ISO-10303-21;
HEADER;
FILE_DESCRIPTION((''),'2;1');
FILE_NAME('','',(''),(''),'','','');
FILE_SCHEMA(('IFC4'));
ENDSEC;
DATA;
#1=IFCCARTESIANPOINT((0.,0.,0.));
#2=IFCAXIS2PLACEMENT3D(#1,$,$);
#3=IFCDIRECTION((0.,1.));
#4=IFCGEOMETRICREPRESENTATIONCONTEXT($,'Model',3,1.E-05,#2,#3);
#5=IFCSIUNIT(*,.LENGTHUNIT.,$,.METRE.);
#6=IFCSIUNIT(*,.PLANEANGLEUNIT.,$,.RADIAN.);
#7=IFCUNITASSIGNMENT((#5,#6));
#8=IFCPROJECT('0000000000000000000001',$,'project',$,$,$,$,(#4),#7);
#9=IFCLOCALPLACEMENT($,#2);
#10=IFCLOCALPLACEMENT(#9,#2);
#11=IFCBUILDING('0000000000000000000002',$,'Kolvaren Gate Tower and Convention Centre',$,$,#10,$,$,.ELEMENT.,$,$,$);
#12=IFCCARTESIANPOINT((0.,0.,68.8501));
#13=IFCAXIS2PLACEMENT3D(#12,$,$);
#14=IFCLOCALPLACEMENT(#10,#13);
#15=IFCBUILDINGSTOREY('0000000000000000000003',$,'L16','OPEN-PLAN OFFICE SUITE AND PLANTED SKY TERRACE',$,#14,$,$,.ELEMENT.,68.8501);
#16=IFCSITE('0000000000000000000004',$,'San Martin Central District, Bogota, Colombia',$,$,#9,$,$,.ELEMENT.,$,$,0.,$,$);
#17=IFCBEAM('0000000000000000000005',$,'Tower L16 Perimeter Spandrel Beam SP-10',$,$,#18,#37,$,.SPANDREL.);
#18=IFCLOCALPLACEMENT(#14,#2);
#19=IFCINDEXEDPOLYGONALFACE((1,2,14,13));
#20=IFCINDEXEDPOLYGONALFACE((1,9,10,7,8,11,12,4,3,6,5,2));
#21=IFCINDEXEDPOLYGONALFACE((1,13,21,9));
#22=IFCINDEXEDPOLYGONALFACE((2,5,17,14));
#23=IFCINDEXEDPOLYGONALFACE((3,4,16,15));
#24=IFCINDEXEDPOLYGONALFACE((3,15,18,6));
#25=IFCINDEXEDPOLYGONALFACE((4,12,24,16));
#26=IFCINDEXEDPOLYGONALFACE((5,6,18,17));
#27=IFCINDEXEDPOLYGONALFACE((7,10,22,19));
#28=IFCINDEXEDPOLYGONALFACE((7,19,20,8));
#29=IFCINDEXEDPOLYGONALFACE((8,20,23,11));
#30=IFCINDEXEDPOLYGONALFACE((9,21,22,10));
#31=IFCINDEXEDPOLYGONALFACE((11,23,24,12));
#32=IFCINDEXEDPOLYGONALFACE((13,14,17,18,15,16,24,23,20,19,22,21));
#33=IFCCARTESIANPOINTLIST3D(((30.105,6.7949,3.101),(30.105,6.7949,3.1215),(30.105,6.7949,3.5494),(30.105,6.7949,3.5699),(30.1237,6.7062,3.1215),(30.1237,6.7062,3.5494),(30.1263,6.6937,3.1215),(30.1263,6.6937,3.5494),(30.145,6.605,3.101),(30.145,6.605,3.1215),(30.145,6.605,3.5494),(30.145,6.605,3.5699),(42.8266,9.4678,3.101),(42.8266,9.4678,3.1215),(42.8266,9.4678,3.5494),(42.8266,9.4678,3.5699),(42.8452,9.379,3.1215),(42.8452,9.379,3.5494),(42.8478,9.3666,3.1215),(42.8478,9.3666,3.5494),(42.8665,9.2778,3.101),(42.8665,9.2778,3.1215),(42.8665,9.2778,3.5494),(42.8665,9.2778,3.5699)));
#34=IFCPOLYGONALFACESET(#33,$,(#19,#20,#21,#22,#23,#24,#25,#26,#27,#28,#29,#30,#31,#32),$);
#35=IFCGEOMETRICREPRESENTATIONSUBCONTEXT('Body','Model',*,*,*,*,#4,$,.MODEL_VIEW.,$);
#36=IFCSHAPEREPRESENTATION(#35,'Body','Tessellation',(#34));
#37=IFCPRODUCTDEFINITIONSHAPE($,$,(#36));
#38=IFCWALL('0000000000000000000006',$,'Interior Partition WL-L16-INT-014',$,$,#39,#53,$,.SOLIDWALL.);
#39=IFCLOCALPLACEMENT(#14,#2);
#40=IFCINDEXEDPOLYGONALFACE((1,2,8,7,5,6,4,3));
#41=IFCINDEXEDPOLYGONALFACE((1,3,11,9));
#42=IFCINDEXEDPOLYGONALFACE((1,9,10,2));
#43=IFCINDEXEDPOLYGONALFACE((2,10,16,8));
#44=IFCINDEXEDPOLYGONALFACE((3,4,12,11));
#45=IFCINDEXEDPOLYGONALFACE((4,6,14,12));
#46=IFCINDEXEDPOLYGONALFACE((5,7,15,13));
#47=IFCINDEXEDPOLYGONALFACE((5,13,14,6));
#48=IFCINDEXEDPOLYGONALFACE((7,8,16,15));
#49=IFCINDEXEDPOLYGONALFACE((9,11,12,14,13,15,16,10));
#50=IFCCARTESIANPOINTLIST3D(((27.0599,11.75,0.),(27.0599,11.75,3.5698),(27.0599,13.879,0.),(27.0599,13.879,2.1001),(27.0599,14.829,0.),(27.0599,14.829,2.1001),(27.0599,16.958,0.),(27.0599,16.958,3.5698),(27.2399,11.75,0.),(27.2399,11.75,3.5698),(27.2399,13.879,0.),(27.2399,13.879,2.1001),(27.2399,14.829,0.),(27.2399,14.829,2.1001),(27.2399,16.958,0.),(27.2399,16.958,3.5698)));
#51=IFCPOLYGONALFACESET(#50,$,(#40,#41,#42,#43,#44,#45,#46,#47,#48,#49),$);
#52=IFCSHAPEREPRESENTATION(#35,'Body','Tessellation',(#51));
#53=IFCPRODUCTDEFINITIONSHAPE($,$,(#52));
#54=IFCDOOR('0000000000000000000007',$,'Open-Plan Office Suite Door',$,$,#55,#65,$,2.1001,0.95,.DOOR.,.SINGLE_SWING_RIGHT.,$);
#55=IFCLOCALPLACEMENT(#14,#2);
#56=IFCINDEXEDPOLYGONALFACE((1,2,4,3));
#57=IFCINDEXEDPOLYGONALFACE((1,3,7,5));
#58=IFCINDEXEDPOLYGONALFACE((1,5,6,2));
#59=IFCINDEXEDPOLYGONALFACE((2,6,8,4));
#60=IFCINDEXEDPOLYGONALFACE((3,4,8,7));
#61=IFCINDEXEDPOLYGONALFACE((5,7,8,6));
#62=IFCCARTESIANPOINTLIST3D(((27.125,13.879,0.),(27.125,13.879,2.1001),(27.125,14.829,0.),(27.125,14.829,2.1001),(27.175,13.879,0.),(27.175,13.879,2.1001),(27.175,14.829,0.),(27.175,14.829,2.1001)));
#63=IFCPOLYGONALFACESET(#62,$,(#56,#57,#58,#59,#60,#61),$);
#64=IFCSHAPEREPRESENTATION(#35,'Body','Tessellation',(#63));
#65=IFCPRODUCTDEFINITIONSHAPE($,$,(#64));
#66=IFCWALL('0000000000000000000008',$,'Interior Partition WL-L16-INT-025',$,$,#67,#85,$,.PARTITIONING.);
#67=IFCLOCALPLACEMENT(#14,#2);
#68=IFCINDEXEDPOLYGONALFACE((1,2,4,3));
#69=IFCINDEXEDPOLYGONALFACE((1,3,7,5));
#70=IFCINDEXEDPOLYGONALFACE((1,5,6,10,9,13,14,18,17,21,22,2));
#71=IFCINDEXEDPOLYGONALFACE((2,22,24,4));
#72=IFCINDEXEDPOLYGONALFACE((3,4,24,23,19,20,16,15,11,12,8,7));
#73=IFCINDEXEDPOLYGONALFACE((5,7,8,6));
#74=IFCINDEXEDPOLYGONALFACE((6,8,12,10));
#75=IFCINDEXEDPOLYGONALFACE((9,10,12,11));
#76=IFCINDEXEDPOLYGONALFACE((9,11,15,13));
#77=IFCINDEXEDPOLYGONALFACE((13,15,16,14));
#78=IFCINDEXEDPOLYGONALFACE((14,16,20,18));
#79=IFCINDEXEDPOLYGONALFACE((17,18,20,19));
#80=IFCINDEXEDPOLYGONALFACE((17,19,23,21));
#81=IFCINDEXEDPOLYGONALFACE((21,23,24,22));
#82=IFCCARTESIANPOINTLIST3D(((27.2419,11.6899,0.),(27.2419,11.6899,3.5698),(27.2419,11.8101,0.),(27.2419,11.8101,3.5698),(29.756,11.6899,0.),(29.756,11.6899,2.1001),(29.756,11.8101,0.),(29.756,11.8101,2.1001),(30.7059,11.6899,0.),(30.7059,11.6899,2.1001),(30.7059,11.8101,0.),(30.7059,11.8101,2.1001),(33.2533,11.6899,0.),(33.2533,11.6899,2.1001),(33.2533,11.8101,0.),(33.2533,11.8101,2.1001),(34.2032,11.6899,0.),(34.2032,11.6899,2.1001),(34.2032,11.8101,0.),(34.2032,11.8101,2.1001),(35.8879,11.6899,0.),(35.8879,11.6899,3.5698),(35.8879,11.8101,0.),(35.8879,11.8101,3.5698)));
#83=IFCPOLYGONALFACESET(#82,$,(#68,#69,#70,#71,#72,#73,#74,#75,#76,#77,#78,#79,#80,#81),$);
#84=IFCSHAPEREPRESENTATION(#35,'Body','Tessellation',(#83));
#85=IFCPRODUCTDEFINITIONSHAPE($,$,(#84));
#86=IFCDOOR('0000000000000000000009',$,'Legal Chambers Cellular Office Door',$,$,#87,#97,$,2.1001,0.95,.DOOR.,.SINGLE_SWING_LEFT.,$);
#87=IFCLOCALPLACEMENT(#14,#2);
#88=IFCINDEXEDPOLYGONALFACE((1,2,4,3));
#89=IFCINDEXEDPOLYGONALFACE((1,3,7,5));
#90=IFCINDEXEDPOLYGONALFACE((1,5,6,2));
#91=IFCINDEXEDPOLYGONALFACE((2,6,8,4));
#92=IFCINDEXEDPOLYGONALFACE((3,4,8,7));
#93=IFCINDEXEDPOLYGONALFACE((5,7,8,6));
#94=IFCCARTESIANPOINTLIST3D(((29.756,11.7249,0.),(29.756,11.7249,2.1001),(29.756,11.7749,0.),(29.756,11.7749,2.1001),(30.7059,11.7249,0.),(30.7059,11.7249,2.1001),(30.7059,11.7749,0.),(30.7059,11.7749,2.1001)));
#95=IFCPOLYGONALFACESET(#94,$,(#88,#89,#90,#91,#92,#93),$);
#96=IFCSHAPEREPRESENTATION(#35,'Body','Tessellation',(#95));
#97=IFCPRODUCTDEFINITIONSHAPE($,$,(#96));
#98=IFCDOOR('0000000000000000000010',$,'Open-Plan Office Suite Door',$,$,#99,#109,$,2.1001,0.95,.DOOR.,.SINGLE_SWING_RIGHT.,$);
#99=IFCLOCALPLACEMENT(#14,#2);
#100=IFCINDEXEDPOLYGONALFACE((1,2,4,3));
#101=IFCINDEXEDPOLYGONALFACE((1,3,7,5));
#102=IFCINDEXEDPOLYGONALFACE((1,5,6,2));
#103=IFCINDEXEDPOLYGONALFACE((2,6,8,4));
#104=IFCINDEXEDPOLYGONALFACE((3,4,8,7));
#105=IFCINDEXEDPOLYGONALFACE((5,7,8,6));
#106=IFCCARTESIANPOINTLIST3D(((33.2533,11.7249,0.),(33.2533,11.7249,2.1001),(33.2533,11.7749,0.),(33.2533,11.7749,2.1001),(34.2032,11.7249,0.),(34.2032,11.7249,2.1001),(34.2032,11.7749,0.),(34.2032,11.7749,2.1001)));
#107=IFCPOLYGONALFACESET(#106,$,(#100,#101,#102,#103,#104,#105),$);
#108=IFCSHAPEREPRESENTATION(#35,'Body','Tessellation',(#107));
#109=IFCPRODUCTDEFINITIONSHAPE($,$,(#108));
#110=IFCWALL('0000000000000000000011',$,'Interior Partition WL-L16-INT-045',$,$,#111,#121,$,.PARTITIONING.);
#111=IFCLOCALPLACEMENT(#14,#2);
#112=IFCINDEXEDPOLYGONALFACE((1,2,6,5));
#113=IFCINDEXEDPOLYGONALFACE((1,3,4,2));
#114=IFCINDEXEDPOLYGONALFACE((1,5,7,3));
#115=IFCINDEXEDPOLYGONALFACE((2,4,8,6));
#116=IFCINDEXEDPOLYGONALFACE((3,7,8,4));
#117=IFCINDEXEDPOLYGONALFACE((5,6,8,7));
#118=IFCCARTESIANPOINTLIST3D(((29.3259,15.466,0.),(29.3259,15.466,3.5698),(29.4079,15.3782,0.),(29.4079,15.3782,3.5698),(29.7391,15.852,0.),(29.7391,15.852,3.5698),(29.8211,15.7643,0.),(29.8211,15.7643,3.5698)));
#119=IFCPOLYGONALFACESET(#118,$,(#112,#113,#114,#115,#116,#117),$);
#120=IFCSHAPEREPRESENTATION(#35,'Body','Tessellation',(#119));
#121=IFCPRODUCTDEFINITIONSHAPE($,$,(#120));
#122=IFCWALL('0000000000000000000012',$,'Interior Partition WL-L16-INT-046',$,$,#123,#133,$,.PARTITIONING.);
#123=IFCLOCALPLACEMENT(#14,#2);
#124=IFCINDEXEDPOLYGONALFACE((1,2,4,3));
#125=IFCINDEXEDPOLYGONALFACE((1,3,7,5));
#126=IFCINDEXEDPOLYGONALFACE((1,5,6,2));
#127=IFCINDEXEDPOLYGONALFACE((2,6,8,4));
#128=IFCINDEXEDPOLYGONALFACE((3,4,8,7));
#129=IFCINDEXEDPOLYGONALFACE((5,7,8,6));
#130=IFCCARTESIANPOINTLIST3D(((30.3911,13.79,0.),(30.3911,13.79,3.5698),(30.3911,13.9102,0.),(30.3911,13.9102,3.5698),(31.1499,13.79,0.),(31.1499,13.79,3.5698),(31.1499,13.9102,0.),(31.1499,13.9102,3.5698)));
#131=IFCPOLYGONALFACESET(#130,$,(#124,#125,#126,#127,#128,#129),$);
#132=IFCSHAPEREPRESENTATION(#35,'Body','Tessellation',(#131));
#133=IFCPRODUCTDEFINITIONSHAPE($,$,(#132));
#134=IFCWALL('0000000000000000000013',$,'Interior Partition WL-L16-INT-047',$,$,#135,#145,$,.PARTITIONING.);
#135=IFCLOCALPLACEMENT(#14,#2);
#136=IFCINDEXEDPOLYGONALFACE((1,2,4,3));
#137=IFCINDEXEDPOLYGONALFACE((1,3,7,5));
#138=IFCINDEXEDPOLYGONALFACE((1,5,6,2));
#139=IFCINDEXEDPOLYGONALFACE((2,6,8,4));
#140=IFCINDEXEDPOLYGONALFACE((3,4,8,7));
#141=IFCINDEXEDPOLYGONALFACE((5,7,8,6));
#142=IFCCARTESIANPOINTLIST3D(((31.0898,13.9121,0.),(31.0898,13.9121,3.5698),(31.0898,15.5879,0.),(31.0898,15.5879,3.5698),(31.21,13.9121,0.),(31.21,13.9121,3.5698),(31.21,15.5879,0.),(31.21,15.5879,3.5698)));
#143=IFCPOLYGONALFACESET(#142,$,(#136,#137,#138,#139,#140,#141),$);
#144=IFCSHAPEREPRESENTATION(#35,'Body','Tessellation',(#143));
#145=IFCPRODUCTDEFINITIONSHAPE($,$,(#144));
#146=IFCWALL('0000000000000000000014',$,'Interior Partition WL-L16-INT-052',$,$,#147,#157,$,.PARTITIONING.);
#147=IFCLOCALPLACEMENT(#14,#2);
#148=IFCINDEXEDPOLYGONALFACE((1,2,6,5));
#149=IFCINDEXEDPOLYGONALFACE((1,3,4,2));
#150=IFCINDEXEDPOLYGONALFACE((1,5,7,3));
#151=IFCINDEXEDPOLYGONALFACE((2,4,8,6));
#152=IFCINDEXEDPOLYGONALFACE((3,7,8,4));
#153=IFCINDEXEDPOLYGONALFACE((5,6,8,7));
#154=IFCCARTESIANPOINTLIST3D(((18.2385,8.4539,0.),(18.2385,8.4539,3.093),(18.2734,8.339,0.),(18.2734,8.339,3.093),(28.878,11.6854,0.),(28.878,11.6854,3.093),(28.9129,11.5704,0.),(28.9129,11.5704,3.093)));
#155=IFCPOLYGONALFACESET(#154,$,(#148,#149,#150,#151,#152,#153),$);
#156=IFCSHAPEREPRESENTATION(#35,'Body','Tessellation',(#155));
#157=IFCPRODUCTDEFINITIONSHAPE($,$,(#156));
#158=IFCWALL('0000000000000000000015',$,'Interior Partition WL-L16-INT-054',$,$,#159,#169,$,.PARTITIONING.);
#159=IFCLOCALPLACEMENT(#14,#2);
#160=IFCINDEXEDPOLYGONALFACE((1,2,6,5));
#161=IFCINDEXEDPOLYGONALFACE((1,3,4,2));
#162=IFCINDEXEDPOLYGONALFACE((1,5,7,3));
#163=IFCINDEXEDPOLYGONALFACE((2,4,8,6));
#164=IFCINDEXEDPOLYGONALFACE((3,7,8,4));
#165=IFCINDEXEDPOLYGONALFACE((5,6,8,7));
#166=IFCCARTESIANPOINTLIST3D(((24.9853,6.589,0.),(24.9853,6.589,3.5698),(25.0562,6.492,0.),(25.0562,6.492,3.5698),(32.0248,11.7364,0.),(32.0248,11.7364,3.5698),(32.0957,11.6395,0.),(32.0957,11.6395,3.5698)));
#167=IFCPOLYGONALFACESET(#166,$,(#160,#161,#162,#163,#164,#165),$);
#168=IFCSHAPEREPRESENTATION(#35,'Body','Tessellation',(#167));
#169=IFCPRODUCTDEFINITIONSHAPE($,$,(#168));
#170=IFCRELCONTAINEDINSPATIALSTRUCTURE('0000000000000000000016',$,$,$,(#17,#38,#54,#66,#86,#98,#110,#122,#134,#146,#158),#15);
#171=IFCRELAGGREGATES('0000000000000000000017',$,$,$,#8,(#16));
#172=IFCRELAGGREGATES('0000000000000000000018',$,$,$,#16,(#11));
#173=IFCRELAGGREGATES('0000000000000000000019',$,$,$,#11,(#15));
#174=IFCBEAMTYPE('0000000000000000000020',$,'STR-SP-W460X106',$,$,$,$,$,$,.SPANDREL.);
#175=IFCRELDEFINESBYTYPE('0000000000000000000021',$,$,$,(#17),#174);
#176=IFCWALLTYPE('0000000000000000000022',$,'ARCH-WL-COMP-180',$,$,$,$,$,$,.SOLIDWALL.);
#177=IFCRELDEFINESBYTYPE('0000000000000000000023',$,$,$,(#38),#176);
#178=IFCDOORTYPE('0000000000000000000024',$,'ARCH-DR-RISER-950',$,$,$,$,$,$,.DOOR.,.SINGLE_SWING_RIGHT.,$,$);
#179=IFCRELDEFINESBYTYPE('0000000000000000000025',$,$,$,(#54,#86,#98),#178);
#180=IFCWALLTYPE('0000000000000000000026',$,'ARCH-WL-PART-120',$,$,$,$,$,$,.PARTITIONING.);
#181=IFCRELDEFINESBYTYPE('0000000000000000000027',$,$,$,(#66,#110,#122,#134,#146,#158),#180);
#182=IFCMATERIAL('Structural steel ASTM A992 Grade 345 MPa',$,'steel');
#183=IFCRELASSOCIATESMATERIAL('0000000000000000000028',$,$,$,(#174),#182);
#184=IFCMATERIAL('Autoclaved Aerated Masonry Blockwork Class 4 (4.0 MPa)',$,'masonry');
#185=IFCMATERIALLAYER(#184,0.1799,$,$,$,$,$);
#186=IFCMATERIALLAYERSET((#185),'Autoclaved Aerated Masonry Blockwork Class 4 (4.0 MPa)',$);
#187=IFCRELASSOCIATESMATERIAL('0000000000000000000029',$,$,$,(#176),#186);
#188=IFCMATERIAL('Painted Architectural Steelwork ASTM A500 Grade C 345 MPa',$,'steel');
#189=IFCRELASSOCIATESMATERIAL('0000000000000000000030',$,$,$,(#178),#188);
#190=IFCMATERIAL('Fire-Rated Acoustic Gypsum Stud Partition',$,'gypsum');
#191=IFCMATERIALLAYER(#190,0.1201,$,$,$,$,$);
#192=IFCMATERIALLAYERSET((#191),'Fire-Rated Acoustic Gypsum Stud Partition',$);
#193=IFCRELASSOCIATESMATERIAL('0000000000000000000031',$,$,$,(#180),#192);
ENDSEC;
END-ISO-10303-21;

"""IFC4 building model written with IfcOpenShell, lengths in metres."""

from ifc_helpers import new_model, si_unit, direction, frame, frame_2d, origin, origin_2d, place, context, subcontext, project, spatial, rectangle, i_section, extrude, material, layer, layer_set, material_profile, profile_set, type_object, element, fill, save


model = new_model("IFC4")

# Units and contexts
model_context = context("Model", 3, precision=1e-05, world=origin(), true_north=direction((0.0, 1.0)))
body_context = subcontext(model_context, "Body", "Model", "MODEL_VIEW")
ifc_project = project(units=[si_unit("LENGTHUNIT", "METRE"), si_unit("PLANEANGLEUNIT", "RADIAN")], contexts=[model_context])

# Site, building, storey
site_placement = place(None, origin())
site = spatial("IfcSite", under=ifc_project, at=site_placement, Name="San Martin Central District, Bogota, Colombia", CompositionType="ELEMENT", RefElevation=0.0)
building_placement = place(site_placement, origin())
building = spatial("IfcBuilding", under=site, at=building_placement, Name="Kolvaren Gate Tower and Convention Centre", CompositionType="ELEMENT")
storey_placement = place(building_placement, frame((0.0, 0.0, 68.8501)))
storey = spatial("IfcBuildingStorey", under=building, at=storey_placement, Name="L16", Description="OPEN-PLAN OFFICE SUITE AND PLANTED SKY TERRACE", CompositionType="ELEMENT", Elevation=68.8501)

# Beam
ifc_material_1 = material(Name="Structural steel ASTM A992 Grade 345 MPa", Category="steel")
ifc_material_profile_1 = material_profile(ifc_material_1, i_section(OverallWidth=0.1941, OverallDepth=0.469, WebThickness=0.0127, FlangeThickness=0.0205, at=origin_2d()), Name="W460X106")
ifc_profile_set_1 = profile_set([ifc_material_profile_1], Name="Structural steel ASTM A992 Grade 345 MPa")
beam_type_1 = type_object("IfcBeamType", Name="STR-SP-W460X106", PredefinedType="SPANDREL", material=ifc_profile_set_1)
beam_1_placement = place(storey_placement, frame((30.125, 6.7, 3.3354), z_axis=(0.978633, 0.205617, 0.0), x_axis=(-0.205617, 0.978633, 0.0)))
element("IfcBeam", 1, at=beam_1_placement, inside=storey, type_object=beam_type_1, Name="Tower L16 Perimeter Spandrel Beam SP-10", PredefinedType="SPANDREL", context=body_context, shape_type="SweptSolid", body=[
    extrude(i_section(OverallWidth=0.1941, OverallDepth=0.469, WebThickness=0.0127, FlangeThickness=0.0205, at=origin_2d()), origin(), (0.0, 0.0, 1.0), 12.9993),
])

# Wall, opening, door
ifc_material_2 = material(Name="Autoclaved Aerated Masonry Blockwork Class 4 (4.0 MPa)", Category="masonry")
ifc_layer_1 = layer(ifc_material_2, 0.1799)
ifc_layer_set_1 = layer_set([ifc_layer_1], Name="Autoclaved Aerated Masonry Blockwork Class 4 (4.0 MPa)")
wall_type_1 = type_object("IfcWallType", Name="ARCH-WL-COMP-180", PredefinedType="SOLIDWALL", material=ifc_layer_set_1)
wall_1_placement = place(storey_placement, frame((27.1499, 11.75, 0.0), z_axis=(0.0, 0.0, 1.0), x_axis=(0.0, 1.0, 0.0)))
wall_1 = element("IfcWall", 2, at=wall_1_placement, inside=storey, type_object=wall_type_1, Name="Interior Partition WL-L16-INT-014", PredefinedType="SOLIDWALL", context=body_context, shape_type="SweptSolid", body=[
    extrude(rectangle(XDim=5.208, YDim=0.1799, at=frame_2d((2.604, 0.0))), origin(), (0.0, 0.0, 1.0), 3.5698),
])
opening_1_placement = place(wall_1_placement, frame((2.1289, 0.0, 0.0)))
opening_1 = element("IfcOpeningElement", 3, at=opening_1_placement, cuts=wall_1, PredefinedType="OPENING", context=body_context, shape_type="SweptSolid", body=[
    extrude(rectangle(XDim=0.95, YDim=2.1001, at=frame_2d((0.4751, 1.05))), frame((0.0, 0.0999, 0.0), z_axis=(0.0, -1.0, 0.0), x_axis=(1.0, 0.0, 0.0)), (0.0, 0.0, 1.0), 0.2),
])
ifc_material_3 = material(Name="Painted Architectural Steelwork ASTM A500 Grade C 345 MPa", Category="steel")
door_type_1 = type_object("IfcDoorType", Name="ARCH-DR-RISER-950", OperationType="SINGLE_SWING_RIGHT", PredefinedType="DOOR", material=ifc_material_3)
door_1_placement = place(opening_1_placement, origin())
door_1 = element("IfcDoor", 4, at=door_1_placement, inside=storey, type_object=door_type_1, Name="Open-Plan Office Suite Door", OperationType="SINGLE_SWING_RIGHT", OverallHeight=2.1001, OverallWidth=0.95, PredefinedType="DOOR", context=body_context, shape_type="SweptSolid", body=[
    extrude(rectangle(XDim=0.95, YDim=2.1001, at=frame_2d((0.4751, 1.05))), frame((0.0, 0.0249, 0.0), z_axis=(0.0, -1.0, 0.0), x_axis=(1.0, 0.0, 0.0)), (0.0, 0.0, 1.0), 0.05),
])
fill(opening_1, door_1)

# Wall, openings, doors
ifc_material_4 = material(Name="Fire-Rated Acoustic Gypsum Stud Partition", Category="gypsum")
ifc_layer_2 = layer(ifc_material_4, 0.1201)
ifc_layer_set_2 = layer_set([ifc_layer_2], Name="Fire-Rated Acoustic Gypsum Stud Partition")
wall_type_2 = type_object("IfcWallType", Name="ARCH-WL-PART-120", PredefinedType="PARTITIONING", material=ifc_layer_set_2)
wall_2_placement = place(storey_placement, frame((27.2419, 11.75, 0.0), z_axis=(0.0, 0.0, 1.0), x_axis=(1.0, 0.0, 0.0)))
wall_2 = element("IfcWall", 5, at=wall_2_placement, inside=storey, type_object=wall_type_2, Name="Interior Partition WL-L16-INT-025", PredefinedType="PARTITIONING", context=body_context, shape_type="SweptSolid", body=[
    extrude(rectangle(XDim=8.646, YDim=0.1201, at=frame_2d((4.323, 0.0))), origin(), (0.0, 0.0, 1.0), 3.5698),
])
opening_2_placement = place(wall_2_placement, frame((2.5139, 0.0, 0.0)))
opening_2 = element("IfcOpeningElement", 6, at=opening_2_placement, cuts=wall_2, PredefinedType="OPENING", context=body_context, shape_type="SweptSolid", body=[
    extrude(rectangle(XDim=0.95, YDim=2.1001, at=frame_2d((0.4751, 1.05))), frame((0.0, 0.0701, 0.0), z_axis=(0.0, -1.0, 0.0), x_axis=(1.0, 0.0, 0.0)), (0.0, 0.0, 1.0), 0.1401),
])
opening_3_placement = place(wall_2_placement, frame((6.0112, 0.0, 0.0)))
opening_3 = element("IfcOpeningElement", 7, at=opening_3_placement, cuts=wall_2, PredefinedType="OPENING", context=body_context, shape_type="SweptSolid", body=[
    extrude(rectangle(XDim=0.95, YDim=2.1001, at=frame_2d((0.4751, 1.05))), frame((0.0, 0.0701, 0.0), z_axis=(0.0, -1.0, 0.0), x_axis=(1.0, 0.0, 0.0)), (0.0, 0.0, 1.0), 0.1401),
])
door_2_placement = place(opening_2_placement, origin())
door_2 = element("IfcDoor", 8, at=door_2_placement, inside=storey, type_object=door_type_1, Name="Legal Chambers Cellular Office Door", OperationType="SINGLE_SWING_LEFT", OverallHeight=2.1001, OverallWidth=0.95, PredefinedType="DOOR", context=body_context, shape_type="SweptSolid", body=[
    extrude(rectangle(XDim=0.95, YDim=2.1001, at=frame_2d((0.4751, 1.05))), frame((0.0, 0.0249, 0.0), z_axis=(0.0, -1.0, 0.0), x_axis=(1.0, 0.0, 0.0)), (0.0, 0.0, 1.0), 0.05),
])
fill(opening_2, door_2)
door_3_placement = place(opening_3_placement, origin())
door_3 = element("IfcDoor", 9, at=door_3_placement, inside=storey, type_object=door_type_1, Name="Open-Plan Office Suite Door", OperationType="SINGLE_SWING_RIGHT", OverallHeight=2.1001, OverallWidth=0.95, PredefinedType="DOOR", context=body_context, shape_type="SweptSolid", body=[
    extrude(rectangle(XDim=0.95, YDim=2.1001, at=frame_2d((0.4751, 1.05))), frame((0.0, 0.0249, 0.0), z_axis=(0.0, -1.0, 0.0), x_axis=(1.0, 0.0, 0.0)), (0.0, 0.0, 1.0), 0.05),
])
fill(opening_3, door_3)

# Walls
wall_3_placement = place(storey_placement, frame((29.3669, 15.4221, 0.0), z_axis=(0.0, 0.0, 1.0), x_axis=(0.730667, 0.682734, 0.0)))
element("IfcWall", 10, at=wall_3_placement, inside=storey, type_object=wall_type_2, Name="Interior Partition WL-L16-INT-045", PredefinedType="PARTITIONING", context=body_context, shape_type="SweptSolid", body=[
    extrude(rectangle(XDim=0.5654, YDim=0.1201, at=frame_2d((0.2827, 0.0))), origin(), (0.0, 0.0, 1.0), 3.5698),
])
wall_4_placement = place(storey_placement, frame((30.3911, 13.8501, 0.0), z_axis=(0.0, 0.0, 1.0), x_axis=(1.0, 0.0, 0.0)))
element("IfcWall", 11, at=wall_4_placement, inside=storey, type_object=wall_type_2, Name="Interior Partition WL-L16-INT-046", PredefinedType="PARTITIONING", context=body_context, shape_type="SweptSolid", body=[
    extrude(rectangle(XDim=0.7588, YDim=0.1201, at=frame_2d((0.3794, 0.0))), origin(), (0.0, 0.0, 1.0), 3.5698),
])
wall_5_placement = place(storey_placement, frame((31.1499, 13.9121, 0.0), z_axis=(0.0, 0.0, 1.0), x_axis=(0.0, 1.0, 0.0)))
element("IfcWall", 12, at=wall_5_placement, inside=storey, type_object=wall_type_2, Name="Interior Partition WL-L16-INT-047", PredefinedType="PARTITIONING", context=body_context, shape_type="SweptSolid", body=[
    extrude(rectangle(XDim=1.6758, YDim=0.1201, at=frame_2d((0.8379, 0.0))), origin(), (0.0, 0.0, 1.0), 3.5698),
])
wall_6_placement = place(storey_placement, frame((18.2561, 8.3965, 0.0), z_axis=(0.0, 0.0, 1.0), x_axis=(0.95684, 0.290616, 0.0)))
element("IfcWall", 13, at=wall_6_placement, inside=storey, type_object=wall_type_2, Name="Interior Partition WL-L16-INT-052", PredefinedType="PARTITIONING", context=body_context, shape_type="SweptSolid", body=[
    extrude(rectangle(XDim=11.1194, YDim=0.1201, at=frame_2d((5.5596, 0.0))), origin(), (0.0, 0.0, 1.0), 3.093),
])
wall_7_placement = place(storey_placement, frame((25.0208, 6.5405, 0.0), z_axis=(0.0, 0.0, 1.0), x_axis=(0.807218, 0.590254, 0.0)))
element("IfcWall", 14, at=wall_7_placement, inside=storey, type_object=wall_type_2, Name="Interior Partition WL-L16-INT-054", PredefinedType="PARTITIONING", context=body_context, shape_type="SweptSolid", body=[
    extrude(rectangle(XDim=8.7207, YDim=0.1201, at=frame_2d((4.3604, 0.0))), origin(), (0.0, 0.0, 1.0), 3.5698),
])

save(model, "model.ifc")
